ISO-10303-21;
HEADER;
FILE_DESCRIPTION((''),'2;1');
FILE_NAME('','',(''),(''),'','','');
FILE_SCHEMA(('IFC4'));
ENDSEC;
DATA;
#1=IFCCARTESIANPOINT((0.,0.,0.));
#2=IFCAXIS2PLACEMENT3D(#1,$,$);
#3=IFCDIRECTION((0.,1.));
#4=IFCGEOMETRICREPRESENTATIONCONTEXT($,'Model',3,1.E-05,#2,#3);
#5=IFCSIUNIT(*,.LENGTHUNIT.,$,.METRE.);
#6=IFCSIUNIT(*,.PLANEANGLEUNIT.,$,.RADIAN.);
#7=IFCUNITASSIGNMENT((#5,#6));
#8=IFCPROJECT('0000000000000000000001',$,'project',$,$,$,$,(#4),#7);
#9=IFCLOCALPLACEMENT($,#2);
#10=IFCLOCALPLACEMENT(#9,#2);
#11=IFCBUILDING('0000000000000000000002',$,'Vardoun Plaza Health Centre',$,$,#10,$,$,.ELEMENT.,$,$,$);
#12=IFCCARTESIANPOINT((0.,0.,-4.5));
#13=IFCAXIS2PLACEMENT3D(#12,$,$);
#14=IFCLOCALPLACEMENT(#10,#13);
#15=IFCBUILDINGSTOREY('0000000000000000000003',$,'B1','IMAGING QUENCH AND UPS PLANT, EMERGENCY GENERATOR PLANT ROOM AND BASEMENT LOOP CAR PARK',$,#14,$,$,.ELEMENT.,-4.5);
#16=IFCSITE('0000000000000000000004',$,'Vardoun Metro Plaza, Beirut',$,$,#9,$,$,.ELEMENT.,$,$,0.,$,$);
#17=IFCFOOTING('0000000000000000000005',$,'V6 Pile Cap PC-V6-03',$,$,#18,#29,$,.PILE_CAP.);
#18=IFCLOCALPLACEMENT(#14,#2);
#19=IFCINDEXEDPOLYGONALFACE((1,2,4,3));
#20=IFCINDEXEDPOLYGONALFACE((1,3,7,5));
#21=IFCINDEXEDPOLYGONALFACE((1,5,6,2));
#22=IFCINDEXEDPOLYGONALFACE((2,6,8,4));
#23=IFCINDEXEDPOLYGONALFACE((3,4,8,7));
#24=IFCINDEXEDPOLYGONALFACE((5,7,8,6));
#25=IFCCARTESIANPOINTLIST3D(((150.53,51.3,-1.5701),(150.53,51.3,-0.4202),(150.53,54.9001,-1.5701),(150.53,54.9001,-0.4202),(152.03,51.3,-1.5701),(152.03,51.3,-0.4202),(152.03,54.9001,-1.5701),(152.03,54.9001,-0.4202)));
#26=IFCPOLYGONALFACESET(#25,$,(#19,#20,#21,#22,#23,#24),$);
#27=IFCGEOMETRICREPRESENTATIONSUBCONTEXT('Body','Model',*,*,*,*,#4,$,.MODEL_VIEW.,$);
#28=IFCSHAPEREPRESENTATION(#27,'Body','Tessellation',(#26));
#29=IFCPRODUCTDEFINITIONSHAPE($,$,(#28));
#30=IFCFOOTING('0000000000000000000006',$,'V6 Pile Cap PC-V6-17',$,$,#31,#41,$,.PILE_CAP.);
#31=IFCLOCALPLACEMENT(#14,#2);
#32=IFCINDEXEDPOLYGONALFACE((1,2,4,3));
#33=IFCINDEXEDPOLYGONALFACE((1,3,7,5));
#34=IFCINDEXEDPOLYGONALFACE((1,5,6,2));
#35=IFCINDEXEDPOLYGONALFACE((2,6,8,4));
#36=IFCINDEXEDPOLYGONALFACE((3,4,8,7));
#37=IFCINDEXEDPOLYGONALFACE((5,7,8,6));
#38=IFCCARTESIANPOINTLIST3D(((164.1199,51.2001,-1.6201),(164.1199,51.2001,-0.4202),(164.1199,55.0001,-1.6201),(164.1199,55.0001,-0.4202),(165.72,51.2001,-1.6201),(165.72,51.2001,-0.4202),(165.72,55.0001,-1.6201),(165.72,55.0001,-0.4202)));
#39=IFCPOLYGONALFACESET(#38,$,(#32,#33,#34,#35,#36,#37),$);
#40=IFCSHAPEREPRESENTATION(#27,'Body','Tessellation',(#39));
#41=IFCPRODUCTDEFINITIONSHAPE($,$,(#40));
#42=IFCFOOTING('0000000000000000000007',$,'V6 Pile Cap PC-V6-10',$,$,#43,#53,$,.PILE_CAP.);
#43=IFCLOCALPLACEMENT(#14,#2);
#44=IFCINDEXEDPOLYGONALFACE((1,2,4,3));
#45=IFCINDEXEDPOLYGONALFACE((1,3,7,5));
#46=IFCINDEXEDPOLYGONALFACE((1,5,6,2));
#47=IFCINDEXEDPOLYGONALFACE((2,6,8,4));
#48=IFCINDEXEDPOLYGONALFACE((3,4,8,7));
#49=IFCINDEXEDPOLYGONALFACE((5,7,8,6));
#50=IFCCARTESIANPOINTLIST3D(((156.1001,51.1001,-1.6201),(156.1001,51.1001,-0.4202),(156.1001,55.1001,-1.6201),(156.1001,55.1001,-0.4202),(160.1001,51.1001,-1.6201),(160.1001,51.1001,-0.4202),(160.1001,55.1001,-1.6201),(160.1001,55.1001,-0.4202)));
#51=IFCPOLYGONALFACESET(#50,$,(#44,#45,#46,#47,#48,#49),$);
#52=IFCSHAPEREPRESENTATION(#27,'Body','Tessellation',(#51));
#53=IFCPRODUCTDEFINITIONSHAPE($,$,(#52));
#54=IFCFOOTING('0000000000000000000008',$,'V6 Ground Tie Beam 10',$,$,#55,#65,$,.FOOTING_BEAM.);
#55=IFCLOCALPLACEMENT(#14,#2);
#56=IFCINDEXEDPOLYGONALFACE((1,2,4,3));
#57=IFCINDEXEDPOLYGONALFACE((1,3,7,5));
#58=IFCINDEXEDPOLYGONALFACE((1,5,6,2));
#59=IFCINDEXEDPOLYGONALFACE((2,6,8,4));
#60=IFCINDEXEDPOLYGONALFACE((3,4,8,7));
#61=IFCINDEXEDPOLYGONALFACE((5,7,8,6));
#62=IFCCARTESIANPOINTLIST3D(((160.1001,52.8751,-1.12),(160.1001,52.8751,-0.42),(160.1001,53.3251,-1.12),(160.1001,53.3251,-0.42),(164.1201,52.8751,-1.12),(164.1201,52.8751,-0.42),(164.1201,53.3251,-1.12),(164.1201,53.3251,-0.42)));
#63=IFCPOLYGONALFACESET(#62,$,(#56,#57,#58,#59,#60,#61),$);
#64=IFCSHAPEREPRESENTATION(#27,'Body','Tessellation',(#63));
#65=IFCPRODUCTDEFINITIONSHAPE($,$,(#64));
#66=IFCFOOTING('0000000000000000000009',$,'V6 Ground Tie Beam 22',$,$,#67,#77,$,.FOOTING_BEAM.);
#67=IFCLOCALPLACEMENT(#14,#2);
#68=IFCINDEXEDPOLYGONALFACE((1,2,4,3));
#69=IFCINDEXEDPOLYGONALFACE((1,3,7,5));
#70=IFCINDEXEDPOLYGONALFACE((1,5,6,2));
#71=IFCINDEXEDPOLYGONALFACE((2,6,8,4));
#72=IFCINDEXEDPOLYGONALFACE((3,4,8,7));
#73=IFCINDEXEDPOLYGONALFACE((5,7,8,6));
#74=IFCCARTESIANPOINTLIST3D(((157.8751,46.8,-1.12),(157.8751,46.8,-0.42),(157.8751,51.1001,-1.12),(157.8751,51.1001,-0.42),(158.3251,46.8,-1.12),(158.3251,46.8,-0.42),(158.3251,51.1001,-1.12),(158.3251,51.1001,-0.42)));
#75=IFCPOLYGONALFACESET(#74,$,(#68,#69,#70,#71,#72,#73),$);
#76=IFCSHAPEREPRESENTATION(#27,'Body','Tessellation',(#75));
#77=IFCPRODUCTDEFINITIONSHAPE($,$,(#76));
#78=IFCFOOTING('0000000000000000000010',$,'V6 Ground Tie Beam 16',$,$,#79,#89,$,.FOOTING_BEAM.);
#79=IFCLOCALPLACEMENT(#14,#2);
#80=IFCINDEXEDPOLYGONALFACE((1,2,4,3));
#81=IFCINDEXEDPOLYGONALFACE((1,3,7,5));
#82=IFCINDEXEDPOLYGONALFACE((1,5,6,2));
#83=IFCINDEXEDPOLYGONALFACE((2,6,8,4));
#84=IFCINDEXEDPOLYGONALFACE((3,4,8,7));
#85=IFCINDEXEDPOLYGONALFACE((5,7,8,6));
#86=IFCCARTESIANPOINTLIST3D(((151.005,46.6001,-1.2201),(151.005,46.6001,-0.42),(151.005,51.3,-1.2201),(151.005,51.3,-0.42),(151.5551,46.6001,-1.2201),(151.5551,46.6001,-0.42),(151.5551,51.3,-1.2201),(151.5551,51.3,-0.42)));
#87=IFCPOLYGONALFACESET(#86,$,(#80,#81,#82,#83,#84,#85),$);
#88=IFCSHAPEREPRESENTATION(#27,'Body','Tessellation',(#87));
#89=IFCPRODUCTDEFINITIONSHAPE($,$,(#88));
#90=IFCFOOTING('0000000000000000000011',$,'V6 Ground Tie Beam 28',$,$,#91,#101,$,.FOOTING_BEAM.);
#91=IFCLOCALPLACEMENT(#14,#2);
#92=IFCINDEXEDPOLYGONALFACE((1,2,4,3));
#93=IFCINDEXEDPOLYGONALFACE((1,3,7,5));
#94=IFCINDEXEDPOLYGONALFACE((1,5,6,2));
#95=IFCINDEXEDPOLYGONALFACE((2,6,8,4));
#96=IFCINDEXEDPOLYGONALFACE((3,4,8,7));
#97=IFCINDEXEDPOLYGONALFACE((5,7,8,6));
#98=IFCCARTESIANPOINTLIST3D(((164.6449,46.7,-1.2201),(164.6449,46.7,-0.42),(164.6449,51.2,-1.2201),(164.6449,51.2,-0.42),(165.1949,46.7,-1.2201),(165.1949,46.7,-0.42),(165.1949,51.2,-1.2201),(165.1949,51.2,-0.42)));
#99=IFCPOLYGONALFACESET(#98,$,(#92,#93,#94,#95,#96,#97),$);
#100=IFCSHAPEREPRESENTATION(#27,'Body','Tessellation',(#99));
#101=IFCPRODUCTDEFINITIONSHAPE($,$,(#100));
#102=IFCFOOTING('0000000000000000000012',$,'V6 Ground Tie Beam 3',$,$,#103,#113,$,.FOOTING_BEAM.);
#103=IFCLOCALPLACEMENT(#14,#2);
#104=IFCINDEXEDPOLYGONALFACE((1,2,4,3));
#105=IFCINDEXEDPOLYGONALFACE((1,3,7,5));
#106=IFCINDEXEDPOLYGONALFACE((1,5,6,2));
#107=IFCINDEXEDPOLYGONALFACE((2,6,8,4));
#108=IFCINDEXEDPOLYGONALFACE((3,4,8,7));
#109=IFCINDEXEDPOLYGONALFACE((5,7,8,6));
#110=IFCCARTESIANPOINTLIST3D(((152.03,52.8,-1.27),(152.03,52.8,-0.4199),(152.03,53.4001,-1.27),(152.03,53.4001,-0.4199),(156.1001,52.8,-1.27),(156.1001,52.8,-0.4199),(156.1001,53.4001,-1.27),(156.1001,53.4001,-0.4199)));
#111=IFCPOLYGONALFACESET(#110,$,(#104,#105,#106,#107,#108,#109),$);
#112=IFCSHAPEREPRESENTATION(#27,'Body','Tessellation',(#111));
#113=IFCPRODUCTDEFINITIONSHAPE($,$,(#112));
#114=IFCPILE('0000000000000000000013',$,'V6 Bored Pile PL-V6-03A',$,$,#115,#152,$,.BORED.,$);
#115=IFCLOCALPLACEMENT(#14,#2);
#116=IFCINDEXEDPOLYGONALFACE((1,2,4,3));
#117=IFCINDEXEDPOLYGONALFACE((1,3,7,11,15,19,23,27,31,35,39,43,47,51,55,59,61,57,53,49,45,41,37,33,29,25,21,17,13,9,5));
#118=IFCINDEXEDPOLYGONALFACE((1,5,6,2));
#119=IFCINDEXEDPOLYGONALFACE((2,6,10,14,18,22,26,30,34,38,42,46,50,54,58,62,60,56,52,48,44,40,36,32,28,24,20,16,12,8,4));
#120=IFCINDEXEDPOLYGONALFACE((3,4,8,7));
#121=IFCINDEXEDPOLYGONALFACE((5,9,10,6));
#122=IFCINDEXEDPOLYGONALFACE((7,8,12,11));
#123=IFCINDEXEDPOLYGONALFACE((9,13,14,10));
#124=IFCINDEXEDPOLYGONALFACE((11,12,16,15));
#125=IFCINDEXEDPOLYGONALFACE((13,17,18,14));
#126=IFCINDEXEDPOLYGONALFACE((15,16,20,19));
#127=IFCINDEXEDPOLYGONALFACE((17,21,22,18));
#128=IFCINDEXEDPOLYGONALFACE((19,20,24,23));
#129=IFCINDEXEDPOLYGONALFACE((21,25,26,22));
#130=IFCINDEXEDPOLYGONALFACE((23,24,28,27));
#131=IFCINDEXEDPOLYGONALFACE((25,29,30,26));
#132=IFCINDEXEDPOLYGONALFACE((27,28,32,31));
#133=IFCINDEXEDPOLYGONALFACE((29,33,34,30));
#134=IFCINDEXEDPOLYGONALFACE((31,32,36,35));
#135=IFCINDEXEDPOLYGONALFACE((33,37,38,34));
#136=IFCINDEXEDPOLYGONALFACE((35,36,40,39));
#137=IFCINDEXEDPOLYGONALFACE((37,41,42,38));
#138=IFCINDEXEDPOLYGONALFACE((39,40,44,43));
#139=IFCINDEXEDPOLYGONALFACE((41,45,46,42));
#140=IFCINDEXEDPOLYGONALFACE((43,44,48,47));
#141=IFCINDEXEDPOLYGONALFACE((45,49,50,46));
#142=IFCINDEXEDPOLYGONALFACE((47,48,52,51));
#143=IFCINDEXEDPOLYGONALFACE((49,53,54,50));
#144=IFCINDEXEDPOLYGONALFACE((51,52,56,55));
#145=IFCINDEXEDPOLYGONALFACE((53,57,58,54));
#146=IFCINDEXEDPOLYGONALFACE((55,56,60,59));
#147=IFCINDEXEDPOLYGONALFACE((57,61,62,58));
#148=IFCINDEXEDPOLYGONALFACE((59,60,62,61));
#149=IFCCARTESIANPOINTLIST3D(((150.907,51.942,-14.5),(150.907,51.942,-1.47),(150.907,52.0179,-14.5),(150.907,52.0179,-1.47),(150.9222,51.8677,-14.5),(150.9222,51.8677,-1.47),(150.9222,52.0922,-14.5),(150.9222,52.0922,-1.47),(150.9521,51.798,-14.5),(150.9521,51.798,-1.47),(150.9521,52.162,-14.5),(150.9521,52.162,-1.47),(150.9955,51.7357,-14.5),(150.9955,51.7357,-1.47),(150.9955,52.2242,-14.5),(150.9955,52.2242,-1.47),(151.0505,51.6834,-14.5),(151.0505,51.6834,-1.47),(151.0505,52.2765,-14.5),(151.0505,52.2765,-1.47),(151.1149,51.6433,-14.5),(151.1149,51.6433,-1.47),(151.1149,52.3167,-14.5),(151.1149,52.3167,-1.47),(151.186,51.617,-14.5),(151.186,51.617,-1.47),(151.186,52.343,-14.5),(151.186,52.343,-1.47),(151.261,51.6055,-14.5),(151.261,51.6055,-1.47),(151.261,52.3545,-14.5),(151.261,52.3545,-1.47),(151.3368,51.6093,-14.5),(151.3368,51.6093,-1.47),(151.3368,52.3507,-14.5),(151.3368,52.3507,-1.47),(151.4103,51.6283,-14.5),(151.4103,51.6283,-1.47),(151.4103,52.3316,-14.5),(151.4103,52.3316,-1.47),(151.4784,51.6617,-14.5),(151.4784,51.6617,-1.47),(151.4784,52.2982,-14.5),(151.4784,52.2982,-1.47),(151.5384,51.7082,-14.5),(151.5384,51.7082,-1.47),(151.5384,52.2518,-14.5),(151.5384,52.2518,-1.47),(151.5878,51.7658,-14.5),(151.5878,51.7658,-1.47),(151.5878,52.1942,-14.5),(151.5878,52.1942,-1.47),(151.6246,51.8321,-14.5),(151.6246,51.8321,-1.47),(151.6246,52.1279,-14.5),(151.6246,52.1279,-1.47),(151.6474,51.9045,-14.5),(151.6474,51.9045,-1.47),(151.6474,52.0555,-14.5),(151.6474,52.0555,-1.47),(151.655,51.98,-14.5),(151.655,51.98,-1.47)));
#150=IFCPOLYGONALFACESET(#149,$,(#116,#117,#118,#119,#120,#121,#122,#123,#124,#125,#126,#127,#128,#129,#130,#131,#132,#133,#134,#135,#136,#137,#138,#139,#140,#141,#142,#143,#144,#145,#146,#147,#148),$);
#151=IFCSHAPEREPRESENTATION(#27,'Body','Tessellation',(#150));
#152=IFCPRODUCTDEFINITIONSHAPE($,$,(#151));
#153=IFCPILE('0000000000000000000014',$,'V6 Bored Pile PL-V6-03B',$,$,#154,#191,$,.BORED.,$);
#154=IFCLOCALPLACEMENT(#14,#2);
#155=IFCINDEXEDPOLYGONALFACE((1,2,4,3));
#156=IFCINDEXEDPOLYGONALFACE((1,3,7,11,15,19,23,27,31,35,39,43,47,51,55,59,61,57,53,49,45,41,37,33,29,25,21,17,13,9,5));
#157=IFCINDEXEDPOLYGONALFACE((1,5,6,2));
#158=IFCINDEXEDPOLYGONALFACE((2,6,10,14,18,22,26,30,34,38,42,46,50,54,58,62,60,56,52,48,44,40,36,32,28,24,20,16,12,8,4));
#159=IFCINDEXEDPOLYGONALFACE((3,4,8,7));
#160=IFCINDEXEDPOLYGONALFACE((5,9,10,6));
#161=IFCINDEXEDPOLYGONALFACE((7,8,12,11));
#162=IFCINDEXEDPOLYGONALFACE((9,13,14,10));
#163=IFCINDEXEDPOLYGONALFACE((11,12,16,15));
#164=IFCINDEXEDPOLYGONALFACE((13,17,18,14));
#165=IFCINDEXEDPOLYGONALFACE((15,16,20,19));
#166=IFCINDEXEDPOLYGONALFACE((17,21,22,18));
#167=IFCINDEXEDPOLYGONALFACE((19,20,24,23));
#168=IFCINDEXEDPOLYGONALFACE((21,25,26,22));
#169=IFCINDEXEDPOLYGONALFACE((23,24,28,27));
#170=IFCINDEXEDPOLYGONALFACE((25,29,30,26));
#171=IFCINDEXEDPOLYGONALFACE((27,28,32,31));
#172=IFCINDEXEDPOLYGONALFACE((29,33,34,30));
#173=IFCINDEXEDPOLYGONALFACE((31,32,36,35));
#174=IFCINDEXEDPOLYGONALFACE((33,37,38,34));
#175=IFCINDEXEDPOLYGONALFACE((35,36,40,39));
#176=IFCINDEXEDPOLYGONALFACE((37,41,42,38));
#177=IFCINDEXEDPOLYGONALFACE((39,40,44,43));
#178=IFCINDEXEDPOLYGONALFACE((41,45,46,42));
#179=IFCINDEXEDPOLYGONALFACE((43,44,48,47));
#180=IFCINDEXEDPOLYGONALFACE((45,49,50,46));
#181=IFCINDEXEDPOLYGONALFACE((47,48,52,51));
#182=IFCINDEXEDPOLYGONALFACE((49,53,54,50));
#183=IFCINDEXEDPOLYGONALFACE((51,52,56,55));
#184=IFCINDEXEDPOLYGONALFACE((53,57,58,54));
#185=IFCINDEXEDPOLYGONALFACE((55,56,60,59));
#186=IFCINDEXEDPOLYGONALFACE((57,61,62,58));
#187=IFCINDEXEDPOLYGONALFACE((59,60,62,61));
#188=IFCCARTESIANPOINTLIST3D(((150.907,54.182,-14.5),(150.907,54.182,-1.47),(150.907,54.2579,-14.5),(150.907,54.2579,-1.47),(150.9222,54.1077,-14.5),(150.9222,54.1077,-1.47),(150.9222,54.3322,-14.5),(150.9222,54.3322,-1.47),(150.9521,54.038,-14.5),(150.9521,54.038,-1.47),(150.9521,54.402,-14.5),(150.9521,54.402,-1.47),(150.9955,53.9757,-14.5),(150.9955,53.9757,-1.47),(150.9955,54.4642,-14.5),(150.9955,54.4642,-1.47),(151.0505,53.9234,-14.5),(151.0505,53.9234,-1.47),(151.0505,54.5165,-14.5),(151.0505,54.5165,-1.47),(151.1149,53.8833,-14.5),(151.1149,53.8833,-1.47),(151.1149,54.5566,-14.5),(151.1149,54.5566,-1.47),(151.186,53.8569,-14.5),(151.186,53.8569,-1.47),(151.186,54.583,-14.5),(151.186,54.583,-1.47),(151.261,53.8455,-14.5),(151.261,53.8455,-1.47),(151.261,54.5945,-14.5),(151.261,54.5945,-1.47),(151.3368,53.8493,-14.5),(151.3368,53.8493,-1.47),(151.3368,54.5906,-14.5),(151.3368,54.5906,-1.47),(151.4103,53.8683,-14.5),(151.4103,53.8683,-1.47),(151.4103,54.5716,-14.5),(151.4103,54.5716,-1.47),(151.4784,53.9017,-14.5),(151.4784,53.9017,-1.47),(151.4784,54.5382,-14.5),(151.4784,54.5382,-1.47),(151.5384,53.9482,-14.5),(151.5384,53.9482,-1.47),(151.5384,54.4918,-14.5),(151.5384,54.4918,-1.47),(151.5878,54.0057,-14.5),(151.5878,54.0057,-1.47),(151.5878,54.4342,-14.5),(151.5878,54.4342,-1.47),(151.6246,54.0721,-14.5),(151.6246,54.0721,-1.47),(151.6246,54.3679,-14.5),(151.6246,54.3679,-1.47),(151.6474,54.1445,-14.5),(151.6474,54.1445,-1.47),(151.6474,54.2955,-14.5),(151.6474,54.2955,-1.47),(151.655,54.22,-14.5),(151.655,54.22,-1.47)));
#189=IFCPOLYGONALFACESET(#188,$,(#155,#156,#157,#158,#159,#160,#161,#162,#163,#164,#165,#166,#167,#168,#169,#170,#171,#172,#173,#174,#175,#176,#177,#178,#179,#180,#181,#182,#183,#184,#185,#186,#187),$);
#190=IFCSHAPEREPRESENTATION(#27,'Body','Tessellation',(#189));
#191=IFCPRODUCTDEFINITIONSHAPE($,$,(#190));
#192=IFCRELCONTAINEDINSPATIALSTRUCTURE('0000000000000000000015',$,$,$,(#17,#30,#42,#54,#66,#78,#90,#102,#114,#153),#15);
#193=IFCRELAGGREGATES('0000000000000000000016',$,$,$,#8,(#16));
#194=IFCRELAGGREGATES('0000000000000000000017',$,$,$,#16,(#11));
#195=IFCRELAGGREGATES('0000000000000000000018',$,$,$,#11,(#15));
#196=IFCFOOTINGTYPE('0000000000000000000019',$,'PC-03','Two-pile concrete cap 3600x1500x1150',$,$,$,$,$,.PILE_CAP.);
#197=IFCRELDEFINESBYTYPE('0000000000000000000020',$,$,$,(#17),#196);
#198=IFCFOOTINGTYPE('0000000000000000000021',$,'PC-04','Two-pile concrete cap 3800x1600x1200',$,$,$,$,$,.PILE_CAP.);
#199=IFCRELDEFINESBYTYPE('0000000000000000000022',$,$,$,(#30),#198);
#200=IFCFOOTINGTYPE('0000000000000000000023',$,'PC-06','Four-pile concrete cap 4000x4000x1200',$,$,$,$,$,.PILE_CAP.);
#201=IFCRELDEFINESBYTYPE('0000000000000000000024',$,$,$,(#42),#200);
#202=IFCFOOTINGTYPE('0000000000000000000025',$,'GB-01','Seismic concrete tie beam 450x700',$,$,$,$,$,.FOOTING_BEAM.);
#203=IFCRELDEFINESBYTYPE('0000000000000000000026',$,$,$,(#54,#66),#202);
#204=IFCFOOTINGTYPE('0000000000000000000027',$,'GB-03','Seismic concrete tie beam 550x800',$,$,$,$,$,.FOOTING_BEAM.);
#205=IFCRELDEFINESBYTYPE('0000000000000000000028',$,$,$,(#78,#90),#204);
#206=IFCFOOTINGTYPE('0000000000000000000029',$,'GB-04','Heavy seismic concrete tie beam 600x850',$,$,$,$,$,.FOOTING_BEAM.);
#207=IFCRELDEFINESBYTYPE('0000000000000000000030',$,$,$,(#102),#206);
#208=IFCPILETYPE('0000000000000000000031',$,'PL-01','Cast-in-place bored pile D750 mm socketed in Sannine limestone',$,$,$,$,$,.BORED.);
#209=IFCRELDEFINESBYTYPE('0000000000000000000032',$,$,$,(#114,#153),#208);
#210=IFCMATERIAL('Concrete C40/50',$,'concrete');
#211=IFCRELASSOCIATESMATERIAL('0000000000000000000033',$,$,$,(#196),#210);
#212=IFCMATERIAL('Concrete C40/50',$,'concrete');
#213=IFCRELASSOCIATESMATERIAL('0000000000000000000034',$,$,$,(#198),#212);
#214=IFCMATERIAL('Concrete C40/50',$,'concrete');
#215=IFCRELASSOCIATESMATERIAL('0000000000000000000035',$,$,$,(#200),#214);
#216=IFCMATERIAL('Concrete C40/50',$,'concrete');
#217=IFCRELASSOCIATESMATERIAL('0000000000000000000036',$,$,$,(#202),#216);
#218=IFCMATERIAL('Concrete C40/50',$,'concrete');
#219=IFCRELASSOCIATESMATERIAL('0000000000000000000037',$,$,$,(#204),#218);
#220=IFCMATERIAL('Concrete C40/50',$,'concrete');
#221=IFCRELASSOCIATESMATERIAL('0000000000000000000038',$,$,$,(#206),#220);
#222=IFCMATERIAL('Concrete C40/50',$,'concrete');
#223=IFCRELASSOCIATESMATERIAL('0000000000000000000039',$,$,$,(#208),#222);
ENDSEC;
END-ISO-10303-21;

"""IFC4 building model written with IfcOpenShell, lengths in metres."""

from ifc_helpers import new_model, si_unit, direction, frame, origin, origin_2d, place, context, subcontext, project, spatial, rectangle, circle, extrude, material, material_profile, profile_set, type_object, element, save


model = new_model("IFC4")

# Units and contexts
model_context = context("Model", 3, precision=1e-05, world=origin(), true_north=direction((0.0, 1.0)))
body_context = subcontext(model_context, "Body", "Model", "MODEL_VIEW")
ifc_project = project(units=[si_unit("LENGTHUNIT", "METRE"), si_unit("PLANEANGLEUNIT", "RADIAN")], contexts=[model_context])

# Site, building, storey
site_placement = place(None, origin())
site = spatial("IfcSite", under=ifc_project, at=site_placement, Name="Vardoun Metro Plaza, Beirut", CompositionType="ELEMENT", RefElevation=0.0)
building_placement = place(site_placement, origin())
building = spatial("IfcBuilding", under=site, at=building_placement, Name="Vardoun Plaza Health Centre", CompositionType="ELEMENT")
storey_placement = place(building_placement, frame((0.0, 0.0, -4.5)))
storey = spatial("IfcBuildingStorey", under=building, at=storey_placement, Name="B1", Description="IMAGING QUENCH AND UPS PLANT, EMERGENCY GENERATOR PLANT ROOM AND BASEMENT LOOP CAR PARK", CompositionType="ELEMENT", Elevation=-4.5)

# Footings
ifc_material_1 = material(Name="Concrete C40/50", Category="concrete")
footing_type_1 = type_object("IfcFootingType", Name="PC-03", Description="Two-pile concrete cap 3600x1500x1150", PredefinedType="PILE_CAP", material=ifc_material_1)
footing_1_placement = place(storey_placement, frame((151.28, 53.1001, -1.5701), z_axis=(0.0, 0.0, 1.0), x_axis=(0.0, 1.0, 0.0)))
element("IfcFooting", 1, at=footing_1_placement, inside=storey, type_object=footing_type_1, Name="V6 Pile Cap PC-V6-03", PredefinedType="PILE_CAP", context=body_context, shape_type="SweptSolid", body=[
    extrude(rectangle(XDim=3.6001, YDim=1.5, at=origin_2d()), origin(), (0.0, 0.0, 1.0), 1.1499),
])
ifc_material_2 = material(Name="Concrete C40/50", Category="concrete")
footing_type_2 = type_object("IfcFootingType", Name="PC-04", Description="Two-pile concrete cap 3800x1600x1200", PredefinedType="PILE_CAP", material=ifc_material_2)
footing_2_placement = place(storey_placement, frame((164.9199, 53.1001, -1.6201), z_axis=(0.0, 0.0, 1.0), x_axis=(0.0, 1.0, 0.0)))
element("IfcFooting", 2, at=footing_2_placement, inside=storey, type_object=footing_type_2, Name="V6 Pile Cap PC-V6-17", PredefinedType="PILE_CAP", context=body_context, shape_type="SweptSolid", body=[
    extrude(rectangle(XDim=3.8, YDim=1.6001, at=origin_2d()), origin(), (0.0, 0.0, 1.0), 1.2),
])
ifc_material_3 = material(Name="Concrete C40/50", Category="concrete")
footing_type_3 = type_object("IfcFootingType", Name="PC-06", Description="Four-pile concrete cap 4000x4000x1200", PredefinedType="PILE_CAP", material=ifc_material_3)
footing_3_placement = place(storey_placement, frame((158.1001, 53.1001, -1.6201), z_axis=(0.0, 0.0, 1.0), x_axis=(1.0, 0.0, 0.0)))
element("IfcFooting", 3, at=footing_3_placement, inside=storey, type_object=footing_type_3, Name="V6 Pile Cap PC-V6-10", PredefinedType="PILE_CAP", context=body_context, shape_type="SweptSolid", body=[
    extrude(rectangle(XDim=4.0, YDim=4.0, at=origin_2d()), origin(), (0.0, 0.0, 1.0), 1.2),
])
ifc_material_4 = material(Name="Concrete C40/50", Category="concrete")
ifc_material_profile_1 = material_profile(ifc_material_4, rectangle(XDim=0.45, YDim=0.7, at=origin_2d()), Name="GB 450x700")
ifc_profile_set_1 = profile_set([ifc_material_profile_1], Name="Concrete C40/50")
footing_type_4 = type_object("IfcFootingType", Name="GB-01", Description="Seismic concrete tie beam 450x700", PredefinedType="FOOTING_BEAM", material=ifc_profile_set_1)
footing_4_placement = place(storey_placement, frame((160.1001, 53.1001, -0.77), z_axis=(1.0, 0.0, 0.0), x_axis=(0.0, 1.0, 0.0)))
element("IfcFooting", 4, at=footing_4_placement, inside=storey, type_object=footing_type_4, Name="V6 Ground Tie Beam 10", PredefinedType="FOOTING_BEAM", context=body_context, shape_type="SweptSolid", body=[
    extrude(rectangle(XDim=0.45, YDim=0.7, at=origin_2d()), origin(), (0.0, 0.0, 1.0), 4.02),
])
footing_5_placement = place(storey_placement, frame((158.1001, 46.8, -0.77), z_axis=(0.0, 1.0, 0.0), x_axis=(-1.0, 0.0, 0.0)))
element("IfcFooting", 5, at=footing_5_placement, inside=storey, type_object=footing_type_4, Name="V6 Ground Tie Beam 22", PredefinedType="FOOTING_BEAM", context=body_context, shape_type="SweptSolid", body=[
    extrude(rectangle(XDim=0.45, YDim=0.7, at=origin_2d()), origin(), (0.0, 0.0, 1.0), 4.3),
])
ifc_material_5 = material(Name="Concrete C40/50", Category="concrete")
ifc_material_profile_2 = material_profile(ifc_material_5, rectangle(XDim=0.55, YDim=0.8, at=origin_2d()), Name="GB 550x800")
ifc_profile_set_2 = profile_set([ifc_material_profile_2], Name="Concrete C40/50")
footing_type_5 = type_object("IfcFootingType", Name="GB-03", Description="Seismic concrete tie beam 550x800", PredefinedType="FOOTING_BEAM", material=ifc_profile_set_2)
footing_6_placement = place(storey_placement, frame((151.28, 46.6001, -0.8201), z_axis=(0.0, 1.0, 0.0), x_axis=(-1.0, 0.0, 0.0)))
element("IfcFooting", 6, at=footing_6_placement, inside=storey, type_object=footing_type_5, Name="V6 Ground Tie Beam 16", PredefinedType="FOOTING_BEAM", context=body_context, shape_type="SweptSolid", body=[
    extrude(rectangle(XDim=0.55, YDim=0.8, at=origin_2d()), origin(), (0.0, 0.0, 1.0), 4.7),
])
footing_7_placement = place(storey_placement, frame((164.9199, 46.7, -0.8201), z_axis=(0.0, 1.0, 0.0), x_axis=(-1.0, 0.0, 0.0)))
element("IfcFooting", 7, at=footing_7_placement, inside=storey, type_object=footing_type_5, Name="V6 Ground Tie Beam 28", PredefinedType="FOOTING_BEAM", context=body_context, shape_type="SweptSolid", body=[
    extrude(rectangle(XDim=0.55, YDim=0.8, at=origin_2d()), origin(), (0.0, 0.0, 1.0), 4.5),
])
ifc_material_6 = material(Name="Concrete C40/50", Category="concrete")
ifc_material_profile_3 = material_profile(ifc_material_6, rectangle(XDim=0.6001, YDim=0.8501, at=origin_2d()), Name="GB 600x850")
ifc_profile_set_3 = profile_set([ifc_material_profile_3], Name="Concrete C40/50")
footing_type_6 = type_object("IfcFootingType", Name="GB-04", Description="Heavy seismic concrete tie beam 600x850", PredefinedType="FOOTING_BEAM", material=ifc_profile_set_3)
footing_8_placement = place(storey_placement, frame((152.03, 53.1001, -0.845), z_axis=(1.0, 0.0, 0.0), x_axis=(0.0, 1.0, 0.0)))
element("IfcFooting", 8, at=footing_8_placement, inside=storey, type_object=footing_type_6, Name="V6 Ground Tie Beam 3", PredefinedType="FOOTING_BEAM", context=body_context, shape_type="SweptSolid", body=[
    extrude(rectangle(XDim=0.6001, YDim=0.8501, at=origin_2d()), origin(), (0.0, 0.0, 1.0), 4.0701),
])

# Piles
ifc_material_7 = material(Name="Concrete C40/50", Category="concrete")
ifc_material_profile_4 = material_profile(ifc_material_7, circle(Radius=0.375, at=origin_2d()), Name="PILE D750")
ifc_profile_set_4 = profile_set([ifc_material_profile_4], Name="Concrete C40/50")
pile_type_1 = type_object("IfcPileType", Name="PL-01", Description="Cast-in-place bored pile D750 mm socketed in Sannine limestone", PredefinedType="BORED", material=ifc_profile_set_4)
for number, where, z_axis, x_axis, name in (
    (9, (151.28, 51.98, -1.47), (0.0, 0.0, -1.0), (1.0, 0.0, 0.0), "V6 Bored Pile PL-V6-03A"),
    (10, (151.28, 54.22, -1.47), (0.0, 0.0, -1.0), (1.0, 0.0, 0.0), "V6 Bored Pile PL-V6-03B"),
):
    element("IfcPile", number, at=place(storey_placement, frame(where, z_axis=z_axis, x_axis=x_axis)), inside=storey, type_object=pile_type_1, Name=name, PredefinedType="BORED", context=body_context, shape_type="SweptSolid", body=[
        extrude(circle(Radius=0.375, at=origin_2d()), origin(), (0.0, 0.0, 1.0), 13.03),
    ])

save(model, "model.ifc")
